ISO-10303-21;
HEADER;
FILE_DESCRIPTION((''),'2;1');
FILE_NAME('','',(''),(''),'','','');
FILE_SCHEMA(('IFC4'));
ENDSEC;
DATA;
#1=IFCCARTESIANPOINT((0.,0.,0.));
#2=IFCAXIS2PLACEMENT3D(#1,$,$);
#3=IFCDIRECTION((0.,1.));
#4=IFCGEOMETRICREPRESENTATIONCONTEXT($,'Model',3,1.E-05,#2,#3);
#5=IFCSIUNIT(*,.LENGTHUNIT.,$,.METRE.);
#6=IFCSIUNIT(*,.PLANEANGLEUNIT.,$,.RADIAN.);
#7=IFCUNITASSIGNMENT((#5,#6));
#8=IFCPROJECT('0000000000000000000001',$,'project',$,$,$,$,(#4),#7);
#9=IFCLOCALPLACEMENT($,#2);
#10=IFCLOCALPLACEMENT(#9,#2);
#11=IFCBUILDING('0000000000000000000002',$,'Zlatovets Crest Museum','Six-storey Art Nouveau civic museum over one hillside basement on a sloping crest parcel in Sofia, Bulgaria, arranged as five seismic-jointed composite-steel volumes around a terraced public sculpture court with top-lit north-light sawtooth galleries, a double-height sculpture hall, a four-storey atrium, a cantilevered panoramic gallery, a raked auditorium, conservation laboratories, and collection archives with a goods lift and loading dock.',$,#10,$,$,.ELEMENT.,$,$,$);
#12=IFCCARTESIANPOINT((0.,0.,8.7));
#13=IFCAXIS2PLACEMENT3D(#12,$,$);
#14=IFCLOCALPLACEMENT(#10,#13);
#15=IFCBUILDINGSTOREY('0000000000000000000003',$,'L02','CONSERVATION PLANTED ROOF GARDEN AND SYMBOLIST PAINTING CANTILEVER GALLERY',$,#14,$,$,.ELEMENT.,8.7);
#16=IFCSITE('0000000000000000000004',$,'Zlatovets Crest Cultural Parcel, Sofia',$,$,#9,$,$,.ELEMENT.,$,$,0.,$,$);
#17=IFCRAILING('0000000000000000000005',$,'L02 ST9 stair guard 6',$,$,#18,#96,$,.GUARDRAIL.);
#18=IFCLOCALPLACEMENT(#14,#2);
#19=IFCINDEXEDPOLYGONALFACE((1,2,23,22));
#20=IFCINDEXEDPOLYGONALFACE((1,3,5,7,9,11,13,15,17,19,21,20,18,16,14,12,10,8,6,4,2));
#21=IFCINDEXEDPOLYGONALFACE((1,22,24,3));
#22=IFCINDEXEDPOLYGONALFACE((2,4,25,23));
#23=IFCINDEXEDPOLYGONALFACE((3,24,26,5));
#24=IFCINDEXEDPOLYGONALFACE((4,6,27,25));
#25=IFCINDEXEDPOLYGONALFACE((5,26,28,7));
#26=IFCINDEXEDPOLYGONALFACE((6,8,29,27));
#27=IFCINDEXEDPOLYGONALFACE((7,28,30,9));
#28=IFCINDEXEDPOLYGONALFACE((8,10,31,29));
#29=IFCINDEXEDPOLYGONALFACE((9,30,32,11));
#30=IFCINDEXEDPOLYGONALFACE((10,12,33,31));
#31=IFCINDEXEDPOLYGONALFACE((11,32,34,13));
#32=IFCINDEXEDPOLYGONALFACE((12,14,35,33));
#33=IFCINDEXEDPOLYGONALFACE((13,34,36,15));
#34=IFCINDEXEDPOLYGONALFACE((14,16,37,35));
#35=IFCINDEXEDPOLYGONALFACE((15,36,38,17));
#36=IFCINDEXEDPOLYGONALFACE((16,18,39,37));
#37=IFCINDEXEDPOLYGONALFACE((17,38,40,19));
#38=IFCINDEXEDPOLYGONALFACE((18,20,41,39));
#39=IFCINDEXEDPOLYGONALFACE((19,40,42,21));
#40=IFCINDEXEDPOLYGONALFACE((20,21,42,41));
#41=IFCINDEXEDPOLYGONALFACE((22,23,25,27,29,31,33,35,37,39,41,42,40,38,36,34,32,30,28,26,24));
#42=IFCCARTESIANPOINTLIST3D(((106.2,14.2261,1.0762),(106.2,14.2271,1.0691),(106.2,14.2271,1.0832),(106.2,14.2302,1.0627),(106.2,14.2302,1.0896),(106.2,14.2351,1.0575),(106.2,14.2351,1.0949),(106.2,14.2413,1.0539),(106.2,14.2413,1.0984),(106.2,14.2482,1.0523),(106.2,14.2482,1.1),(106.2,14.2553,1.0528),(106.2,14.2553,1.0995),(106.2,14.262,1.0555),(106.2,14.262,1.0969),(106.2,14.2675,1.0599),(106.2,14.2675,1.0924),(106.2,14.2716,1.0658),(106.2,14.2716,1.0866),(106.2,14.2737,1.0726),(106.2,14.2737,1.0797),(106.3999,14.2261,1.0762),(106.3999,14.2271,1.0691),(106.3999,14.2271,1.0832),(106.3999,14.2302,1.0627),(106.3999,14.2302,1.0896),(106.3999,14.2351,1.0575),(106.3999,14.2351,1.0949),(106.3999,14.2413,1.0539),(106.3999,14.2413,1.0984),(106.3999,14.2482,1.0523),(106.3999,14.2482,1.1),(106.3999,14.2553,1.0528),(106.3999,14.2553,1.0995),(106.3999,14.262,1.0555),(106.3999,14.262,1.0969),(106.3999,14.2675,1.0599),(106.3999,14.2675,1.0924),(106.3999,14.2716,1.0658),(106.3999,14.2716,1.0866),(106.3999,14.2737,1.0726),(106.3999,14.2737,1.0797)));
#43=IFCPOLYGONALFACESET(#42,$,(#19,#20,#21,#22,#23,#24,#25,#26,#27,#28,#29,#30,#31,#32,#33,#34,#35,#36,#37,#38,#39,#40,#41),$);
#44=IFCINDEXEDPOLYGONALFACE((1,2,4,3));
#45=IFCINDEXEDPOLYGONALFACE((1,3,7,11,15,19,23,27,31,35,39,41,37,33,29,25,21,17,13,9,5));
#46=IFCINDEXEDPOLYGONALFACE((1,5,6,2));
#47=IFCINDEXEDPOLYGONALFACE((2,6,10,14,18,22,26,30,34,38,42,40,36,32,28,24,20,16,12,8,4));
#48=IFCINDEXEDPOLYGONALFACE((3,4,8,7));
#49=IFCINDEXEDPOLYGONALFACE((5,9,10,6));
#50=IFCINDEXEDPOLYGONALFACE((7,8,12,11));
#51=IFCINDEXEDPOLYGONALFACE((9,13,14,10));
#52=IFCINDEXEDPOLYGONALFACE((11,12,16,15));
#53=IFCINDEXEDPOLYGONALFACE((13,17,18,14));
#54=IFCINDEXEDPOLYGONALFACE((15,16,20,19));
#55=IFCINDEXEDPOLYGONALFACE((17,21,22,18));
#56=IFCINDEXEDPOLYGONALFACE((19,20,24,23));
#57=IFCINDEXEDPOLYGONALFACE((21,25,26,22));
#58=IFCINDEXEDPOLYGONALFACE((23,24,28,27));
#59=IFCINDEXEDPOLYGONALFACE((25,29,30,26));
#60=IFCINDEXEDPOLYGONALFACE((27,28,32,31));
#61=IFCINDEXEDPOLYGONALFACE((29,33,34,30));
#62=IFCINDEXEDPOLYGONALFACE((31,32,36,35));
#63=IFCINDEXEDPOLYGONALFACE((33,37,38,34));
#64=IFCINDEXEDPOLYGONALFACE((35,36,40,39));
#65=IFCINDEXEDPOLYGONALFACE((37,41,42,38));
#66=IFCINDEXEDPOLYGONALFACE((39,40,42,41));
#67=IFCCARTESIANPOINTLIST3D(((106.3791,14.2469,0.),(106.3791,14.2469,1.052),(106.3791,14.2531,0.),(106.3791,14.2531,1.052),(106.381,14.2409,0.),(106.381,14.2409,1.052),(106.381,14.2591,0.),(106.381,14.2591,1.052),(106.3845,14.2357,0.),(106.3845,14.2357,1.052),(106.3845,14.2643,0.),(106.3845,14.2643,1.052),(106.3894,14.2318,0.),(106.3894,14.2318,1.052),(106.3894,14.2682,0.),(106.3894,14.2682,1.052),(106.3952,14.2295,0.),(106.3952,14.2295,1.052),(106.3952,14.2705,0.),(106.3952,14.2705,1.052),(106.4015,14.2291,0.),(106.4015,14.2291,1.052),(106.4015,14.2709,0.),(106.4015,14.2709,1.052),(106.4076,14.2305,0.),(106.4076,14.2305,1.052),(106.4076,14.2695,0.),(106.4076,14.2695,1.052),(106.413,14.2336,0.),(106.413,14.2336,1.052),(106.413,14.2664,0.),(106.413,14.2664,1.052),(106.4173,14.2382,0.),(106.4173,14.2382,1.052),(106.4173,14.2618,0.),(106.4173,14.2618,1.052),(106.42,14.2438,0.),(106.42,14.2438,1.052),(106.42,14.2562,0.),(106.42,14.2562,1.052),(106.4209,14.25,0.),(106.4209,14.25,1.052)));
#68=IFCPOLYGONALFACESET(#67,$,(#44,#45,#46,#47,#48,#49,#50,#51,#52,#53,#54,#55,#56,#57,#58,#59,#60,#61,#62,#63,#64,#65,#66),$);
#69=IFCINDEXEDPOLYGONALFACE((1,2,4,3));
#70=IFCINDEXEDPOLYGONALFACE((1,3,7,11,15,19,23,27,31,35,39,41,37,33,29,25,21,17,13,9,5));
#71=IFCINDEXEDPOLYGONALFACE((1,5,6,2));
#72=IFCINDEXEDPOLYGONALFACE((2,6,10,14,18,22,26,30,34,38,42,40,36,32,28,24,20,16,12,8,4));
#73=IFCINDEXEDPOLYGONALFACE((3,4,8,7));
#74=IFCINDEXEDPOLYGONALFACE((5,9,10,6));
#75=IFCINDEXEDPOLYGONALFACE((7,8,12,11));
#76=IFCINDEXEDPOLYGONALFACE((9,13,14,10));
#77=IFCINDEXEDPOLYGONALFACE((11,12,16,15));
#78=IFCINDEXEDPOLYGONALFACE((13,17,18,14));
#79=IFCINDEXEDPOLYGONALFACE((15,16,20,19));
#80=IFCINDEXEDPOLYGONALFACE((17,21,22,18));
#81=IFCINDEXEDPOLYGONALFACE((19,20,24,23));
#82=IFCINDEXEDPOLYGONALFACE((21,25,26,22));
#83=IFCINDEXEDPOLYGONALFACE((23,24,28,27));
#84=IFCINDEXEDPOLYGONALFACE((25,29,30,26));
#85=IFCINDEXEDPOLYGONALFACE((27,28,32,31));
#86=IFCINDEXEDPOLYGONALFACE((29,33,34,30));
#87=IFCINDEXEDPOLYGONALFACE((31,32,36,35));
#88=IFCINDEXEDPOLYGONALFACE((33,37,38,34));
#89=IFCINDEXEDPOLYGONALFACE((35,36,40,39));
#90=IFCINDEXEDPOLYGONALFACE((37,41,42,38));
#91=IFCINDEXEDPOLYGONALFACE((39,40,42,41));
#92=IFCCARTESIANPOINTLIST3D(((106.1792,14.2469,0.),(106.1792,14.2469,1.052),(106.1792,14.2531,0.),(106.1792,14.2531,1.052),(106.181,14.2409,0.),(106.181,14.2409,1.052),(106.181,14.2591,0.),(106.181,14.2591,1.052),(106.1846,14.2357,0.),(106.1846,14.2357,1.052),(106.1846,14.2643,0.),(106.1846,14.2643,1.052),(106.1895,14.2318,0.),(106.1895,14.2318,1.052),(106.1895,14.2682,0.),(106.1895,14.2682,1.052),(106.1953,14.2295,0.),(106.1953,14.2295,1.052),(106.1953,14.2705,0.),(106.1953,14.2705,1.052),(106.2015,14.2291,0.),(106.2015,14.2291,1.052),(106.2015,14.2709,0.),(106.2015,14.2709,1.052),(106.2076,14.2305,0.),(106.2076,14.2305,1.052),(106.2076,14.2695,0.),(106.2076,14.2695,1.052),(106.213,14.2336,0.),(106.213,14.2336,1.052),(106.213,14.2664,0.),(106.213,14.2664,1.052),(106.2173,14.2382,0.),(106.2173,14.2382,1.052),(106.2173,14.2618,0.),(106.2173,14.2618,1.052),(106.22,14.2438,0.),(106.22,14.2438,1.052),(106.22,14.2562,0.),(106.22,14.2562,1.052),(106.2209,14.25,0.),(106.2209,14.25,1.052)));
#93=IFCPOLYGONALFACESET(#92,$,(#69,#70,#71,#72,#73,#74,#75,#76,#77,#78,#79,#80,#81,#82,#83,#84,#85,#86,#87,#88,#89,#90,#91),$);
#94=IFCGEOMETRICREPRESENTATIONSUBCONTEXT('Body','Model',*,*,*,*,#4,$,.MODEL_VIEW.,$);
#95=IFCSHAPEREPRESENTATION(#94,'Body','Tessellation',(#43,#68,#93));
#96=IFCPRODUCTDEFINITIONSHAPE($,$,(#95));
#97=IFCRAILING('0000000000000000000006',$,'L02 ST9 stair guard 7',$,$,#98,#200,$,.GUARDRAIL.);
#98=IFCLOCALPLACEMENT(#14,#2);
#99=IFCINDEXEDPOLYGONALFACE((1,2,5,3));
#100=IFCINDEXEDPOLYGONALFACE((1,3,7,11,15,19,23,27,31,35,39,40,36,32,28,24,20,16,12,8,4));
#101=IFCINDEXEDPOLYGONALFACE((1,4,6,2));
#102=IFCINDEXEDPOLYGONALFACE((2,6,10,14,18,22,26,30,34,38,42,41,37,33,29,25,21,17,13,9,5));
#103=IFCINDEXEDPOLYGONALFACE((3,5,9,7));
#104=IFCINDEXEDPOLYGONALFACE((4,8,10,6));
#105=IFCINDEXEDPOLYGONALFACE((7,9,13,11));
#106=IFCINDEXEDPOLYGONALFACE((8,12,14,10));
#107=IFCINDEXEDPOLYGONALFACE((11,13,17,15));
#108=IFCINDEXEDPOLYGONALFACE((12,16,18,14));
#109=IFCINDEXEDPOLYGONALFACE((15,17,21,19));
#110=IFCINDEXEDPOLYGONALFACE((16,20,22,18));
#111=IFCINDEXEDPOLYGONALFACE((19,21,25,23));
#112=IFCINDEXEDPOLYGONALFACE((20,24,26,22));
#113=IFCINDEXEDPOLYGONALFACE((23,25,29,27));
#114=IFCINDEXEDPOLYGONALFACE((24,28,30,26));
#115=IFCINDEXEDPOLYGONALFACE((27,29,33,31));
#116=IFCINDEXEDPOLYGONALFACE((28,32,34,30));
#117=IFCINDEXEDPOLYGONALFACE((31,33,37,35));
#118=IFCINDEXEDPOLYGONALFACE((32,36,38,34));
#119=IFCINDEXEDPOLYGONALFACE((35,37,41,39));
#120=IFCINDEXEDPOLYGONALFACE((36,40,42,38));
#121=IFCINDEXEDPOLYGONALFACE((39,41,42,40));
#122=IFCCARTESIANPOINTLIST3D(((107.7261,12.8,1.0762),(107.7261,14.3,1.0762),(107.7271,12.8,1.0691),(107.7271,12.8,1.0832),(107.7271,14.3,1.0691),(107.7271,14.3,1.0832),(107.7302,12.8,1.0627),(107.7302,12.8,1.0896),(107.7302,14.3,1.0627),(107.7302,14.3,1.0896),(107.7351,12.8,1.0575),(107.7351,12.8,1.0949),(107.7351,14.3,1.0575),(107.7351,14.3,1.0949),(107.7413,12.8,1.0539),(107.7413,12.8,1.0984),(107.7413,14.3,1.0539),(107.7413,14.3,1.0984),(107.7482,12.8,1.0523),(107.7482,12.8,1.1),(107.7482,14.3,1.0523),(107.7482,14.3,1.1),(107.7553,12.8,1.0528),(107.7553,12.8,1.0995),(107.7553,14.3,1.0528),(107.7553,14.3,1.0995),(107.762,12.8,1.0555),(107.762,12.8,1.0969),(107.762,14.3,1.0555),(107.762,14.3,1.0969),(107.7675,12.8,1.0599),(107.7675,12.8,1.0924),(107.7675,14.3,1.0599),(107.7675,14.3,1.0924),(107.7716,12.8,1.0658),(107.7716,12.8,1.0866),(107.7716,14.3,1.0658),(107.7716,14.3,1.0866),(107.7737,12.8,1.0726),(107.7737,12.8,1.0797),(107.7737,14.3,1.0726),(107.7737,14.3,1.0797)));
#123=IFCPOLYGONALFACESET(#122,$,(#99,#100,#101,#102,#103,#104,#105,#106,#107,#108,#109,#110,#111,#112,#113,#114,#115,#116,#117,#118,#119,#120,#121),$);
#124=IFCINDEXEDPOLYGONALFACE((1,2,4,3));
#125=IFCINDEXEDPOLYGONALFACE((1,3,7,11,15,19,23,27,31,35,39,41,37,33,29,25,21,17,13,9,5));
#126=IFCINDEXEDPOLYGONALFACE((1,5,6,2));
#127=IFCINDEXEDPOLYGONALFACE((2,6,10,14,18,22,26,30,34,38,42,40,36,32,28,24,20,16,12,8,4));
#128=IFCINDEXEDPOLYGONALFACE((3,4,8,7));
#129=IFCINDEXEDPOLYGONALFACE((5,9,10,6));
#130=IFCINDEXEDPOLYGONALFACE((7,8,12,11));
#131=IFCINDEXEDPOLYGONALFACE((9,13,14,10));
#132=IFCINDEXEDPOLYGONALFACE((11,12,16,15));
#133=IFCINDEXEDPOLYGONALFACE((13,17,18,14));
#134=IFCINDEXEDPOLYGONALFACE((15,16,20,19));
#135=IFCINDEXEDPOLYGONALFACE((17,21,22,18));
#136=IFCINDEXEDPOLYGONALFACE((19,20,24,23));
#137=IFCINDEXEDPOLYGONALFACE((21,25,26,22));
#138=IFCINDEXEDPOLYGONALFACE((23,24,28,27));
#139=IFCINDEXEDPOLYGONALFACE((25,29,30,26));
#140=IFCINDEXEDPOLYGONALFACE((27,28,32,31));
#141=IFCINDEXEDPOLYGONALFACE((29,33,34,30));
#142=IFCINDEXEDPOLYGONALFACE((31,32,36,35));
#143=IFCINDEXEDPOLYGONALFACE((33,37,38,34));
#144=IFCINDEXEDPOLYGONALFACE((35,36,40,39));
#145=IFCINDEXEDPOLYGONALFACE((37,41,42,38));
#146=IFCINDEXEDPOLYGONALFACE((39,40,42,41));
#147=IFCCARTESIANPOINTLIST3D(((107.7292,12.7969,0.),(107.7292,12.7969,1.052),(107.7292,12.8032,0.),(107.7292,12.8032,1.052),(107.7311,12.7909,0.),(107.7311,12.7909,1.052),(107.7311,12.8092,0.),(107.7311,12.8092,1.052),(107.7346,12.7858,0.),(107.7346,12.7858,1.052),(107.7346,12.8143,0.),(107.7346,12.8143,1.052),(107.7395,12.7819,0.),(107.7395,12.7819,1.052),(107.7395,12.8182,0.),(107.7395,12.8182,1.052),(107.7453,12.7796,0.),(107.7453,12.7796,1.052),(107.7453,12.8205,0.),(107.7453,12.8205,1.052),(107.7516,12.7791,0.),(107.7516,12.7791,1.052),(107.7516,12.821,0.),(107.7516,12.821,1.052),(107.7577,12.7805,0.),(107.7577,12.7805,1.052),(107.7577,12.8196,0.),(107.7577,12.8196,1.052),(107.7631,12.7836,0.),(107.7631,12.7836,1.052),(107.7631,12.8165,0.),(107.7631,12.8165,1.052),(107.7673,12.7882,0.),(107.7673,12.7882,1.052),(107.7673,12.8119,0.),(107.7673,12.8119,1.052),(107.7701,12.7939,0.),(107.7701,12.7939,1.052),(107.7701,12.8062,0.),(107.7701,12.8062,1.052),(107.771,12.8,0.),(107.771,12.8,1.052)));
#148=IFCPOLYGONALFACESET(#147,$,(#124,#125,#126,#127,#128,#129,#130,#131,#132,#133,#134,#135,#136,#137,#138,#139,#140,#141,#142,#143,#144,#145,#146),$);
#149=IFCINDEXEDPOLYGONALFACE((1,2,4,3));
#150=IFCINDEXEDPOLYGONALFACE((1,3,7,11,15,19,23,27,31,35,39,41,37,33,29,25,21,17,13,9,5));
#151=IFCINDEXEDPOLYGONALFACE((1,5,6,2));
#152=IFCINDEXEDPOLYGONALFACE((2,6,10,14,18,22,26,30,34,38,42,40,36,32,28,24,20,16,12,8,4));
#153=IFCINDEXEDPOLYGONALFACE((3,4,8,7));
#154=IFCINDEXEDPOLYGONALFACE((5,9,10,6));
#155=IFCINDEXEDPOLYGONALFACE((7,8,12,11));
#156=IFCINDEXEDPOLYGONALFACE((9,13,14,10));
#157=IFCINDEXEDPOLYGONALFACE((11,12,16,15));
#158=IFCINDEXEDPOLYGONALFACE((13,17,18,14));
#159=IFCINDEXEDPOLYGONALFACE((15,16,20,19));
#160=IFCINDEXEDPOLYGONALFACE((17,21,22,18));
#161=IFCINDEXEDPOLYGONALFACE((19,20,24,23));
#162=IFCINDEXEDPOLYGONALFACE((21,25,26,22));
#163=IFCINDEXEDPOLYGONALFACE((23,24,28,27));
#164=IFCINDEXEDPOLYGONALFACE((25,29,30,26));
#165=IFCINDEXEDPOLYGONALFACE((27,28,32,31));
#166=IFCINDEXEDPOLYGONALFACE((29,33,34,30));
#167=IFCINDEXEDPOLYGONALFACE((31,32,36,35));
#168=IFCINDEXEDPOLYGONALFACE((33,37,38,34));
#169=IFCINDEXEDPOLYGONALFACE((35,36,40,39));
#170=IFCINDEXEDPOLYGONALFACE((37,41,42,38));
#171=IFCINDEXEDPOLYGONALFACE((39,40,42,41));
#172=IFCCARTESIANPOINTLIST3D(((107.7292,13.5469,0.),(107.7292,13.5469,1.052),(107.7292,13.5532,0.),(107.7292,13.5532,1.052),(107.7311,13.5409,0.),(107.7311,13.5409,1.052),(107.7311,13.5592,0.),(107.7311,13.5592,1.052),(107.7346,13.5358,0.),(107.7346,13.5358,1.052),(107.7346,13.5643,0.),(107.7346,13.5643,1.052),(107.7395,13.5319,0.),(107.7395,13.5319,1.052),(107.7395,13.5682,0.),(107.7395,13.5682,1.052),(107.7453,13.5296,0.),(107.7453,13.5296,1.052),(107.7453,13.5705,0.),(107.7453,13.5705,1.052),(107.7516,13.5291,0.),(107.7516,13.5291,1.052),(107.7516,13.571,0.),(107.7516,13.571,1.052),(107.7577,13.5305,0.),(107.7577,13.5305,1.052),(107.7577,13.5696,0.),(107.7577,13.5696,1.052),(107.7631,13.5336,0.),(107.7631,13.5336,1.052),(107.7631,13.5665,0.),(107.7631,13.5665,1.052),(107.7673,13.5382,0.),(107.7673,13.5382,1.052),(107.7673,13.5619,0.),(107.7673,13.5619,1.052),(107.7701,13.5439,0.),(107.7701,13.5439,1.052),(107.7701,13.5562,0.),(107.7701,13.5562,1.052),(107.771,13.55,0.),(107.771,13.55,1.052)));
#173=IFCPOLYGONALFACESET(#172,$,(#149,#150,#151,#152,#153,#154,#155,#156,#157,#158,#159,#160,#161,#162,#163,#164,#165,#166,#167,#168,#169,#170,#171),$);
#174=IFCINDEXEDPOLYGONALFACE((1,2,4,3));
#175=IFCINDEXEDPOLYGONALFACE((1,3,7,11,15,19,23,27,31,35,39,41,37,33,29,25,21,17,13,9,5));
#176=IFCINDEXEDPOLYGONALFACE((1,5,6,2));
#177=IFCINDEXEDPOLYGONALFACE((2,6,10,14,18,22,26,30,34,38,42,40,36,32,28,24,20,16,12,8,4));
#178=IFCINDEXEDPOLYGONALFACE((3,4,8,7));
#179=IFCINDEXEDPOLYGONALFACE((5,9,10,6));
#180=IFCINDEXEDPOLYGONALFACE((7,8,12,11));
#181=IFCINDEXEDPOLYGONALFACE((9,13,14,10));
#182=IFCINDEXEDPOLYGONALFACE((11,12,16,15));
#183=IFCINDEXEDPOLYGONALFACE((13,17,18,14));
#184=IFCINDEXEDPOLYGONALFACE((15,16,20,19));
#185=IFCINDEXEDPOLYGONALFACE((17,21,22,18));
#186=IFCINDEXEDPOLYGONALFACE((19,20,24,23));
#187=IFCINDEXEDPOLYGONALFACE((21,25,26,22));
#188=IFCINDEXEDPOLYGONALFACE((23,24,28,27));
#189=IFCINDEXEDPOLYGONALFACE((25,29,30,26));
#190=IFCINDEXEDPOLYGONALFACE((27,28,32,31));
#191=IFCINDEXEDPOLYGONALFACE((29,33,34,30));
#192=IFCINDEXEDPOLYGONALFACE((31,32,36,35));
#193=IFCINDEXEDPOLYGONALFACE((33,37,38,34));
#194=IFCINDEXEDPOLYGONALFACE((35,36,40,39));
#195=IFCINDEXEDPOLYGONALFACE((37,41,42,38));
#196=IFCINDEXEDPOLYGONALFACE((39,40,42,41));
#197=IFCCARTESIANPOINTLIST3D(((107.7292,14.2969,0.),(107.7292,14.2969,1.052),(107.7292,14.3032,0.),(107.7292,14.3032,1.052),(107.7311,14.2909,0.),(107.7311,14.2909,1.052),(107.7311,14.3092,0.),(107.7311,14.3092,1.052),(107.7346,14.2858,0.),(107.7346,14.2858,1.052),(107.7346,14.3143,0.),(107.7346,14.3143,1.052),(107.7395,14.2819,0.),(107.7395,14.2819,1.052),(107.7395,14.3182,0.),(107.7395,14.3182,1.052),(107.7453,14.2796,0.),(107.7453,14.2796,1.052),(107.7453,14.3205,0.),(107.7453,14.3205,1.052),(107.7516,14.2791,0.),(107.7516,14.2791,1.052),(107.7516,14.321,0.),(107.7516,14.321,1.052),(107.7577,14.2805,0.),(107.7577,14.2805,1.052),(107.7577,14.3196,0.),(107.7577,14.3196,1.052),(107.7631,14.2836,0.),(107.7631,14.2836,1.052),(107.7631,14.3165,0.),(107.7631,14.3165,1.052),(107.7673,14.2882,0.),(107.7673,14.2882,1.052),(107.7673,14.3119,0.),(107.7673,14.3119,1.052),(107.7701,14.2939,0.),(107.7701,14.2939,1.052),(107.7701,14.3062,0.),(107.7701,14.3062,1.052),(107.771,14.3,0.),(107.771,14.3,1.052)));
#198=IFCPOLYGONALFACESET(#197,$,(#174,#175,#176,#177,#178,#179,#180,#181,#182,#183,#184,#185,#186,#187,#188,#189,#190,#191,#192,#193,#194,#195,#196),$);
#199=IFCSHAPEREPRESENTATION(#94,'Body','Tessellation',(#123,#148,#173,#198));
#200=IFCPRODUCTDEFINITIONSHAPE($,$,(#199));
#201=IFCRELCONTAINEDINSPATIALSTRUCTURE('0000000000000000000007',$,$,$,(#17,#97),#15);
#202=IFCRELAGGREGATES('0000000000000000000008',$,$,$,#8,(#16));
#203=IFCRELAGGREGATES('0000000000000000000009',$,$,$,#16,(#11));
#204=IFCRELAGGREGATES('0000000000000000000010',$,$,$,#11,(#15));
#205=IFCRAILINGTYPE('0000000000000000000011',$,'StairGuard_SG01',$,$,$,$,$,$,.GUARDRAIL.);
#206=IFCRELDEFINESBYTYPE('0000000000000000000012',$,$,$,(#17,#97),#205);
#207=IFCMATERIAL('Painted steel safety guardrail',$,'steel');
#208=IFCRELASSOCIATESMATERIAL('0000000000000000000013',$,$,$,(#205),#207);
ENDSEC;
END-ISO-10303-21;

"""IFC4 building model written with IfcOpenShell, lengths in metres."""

from ifc_helpers import new_model, si_unit, direction, frame, origin, origin_2d, place, context, subcontext, project, spatial, circle, extrude, material, type_object, element, save


model = new_model("IFC4")

# Units and contexts
model_context = context("Model", 3, precision=1e-05, world=origin(), true_north=direction((0.0, 1.0)))
body_context = subcontext(model_context, "Body", "Model", "MODEL_VIEW")
ifc_project = project(units=[si_unit("LENGTHUNIT", "METRE"), si_unit("PLANEANGLEUNIT", "RADIAN")], contexts=[model_context])

# Site, building, storey
site_placement = place(None, origin())
site = spatial("IfcSite", under=ifc_project, at=site_placement, Name="Zlatovets Crest Cultural Parcel, Sofia", CompositionType="ELEMENT", RefElevation=0.0)
building_placement = place(site_placement, origin())
building = spatial("IfcBuilding", under=site, at=building_placement, Name="Zlatovets Crest Museum", Description="Six-storey Art Nouveau civic museum over one hillside basement on a sloping crest parcel in Sofia, Bulgaria, arranged as five seismic-jointed composite-steel volumes around a terraced public sculpture court with top-lit north-light sawtooth galleries, a double-height sculpture hall, a four-storey atrium, a cantilevered panoramic gallery, a raked auditorium, conservation laboratories, and collection archives with a goods lift and loading dock.", CompositionType="ELEMENT")
storey_placement = place(building_placement, frame((0.0, 0.0, 8.7)))
storey = spatial("IfcBuildingStorey", under=building, at=storey_placement, Name="L02", Description="CONSERVATION PLANTED ROOF GARDEN AND SYMBOLIST PAINTING CANTILEVER GALLERY", CompositionType="ELEMENT", Elevation=8.7)

# Railings
ifc_material_1 = material(Name="Painted steel safety guardrail", Category="steel")
railing_type_1 = type_object("IfcRailingType", Name="StairGuard_SG01", PredefinedType="GUARDRAIL", material=ifc_material_1)
railing_1_placement = place(storey_placement, frame((106.3999, 14.25, 0.0)))
element("IfcRailing", 1, at=railing_1_placement, inside=storey, type_object=railing_type_1, Name="L02 ST9 stair guard 6", PredefinedType="GUARDRAIL", context=body_context, shape_type="SweptSolid", body=[
    extrude(circle(Radius=0.0239, at=origin_2d()), frame((0.0, 0.0, 1.0762), z_axis=(-1.0, 0.0, 0.0), x_axis=(0.0, -1.0, 0.0)), (0.0, 0.0, 1.0), 0.2),
    extrude(circle(Radius=0.021, at=origin_2d()), origin(), (0.0, 0.0, 1.0), 1.052),
    extrude(circle(Radius=0.021, at=origin_2d()), frame((-0.2, 0.0, 0.0)), (0.0, 0.0, 1.0), 1.052),
])
for number, where, name in (
    (2, (107.75, 12.8, 0.0), "L02 ST9 stair guard 7"),
):
    element("IfcRailing", number, at=place(storey_placement, frame(where)), inside=storey, type_object=railing_type_1, Name=name, PredefinedType="GUARDRAIL", context=body_context, shape_type="SweptSolid", body=[
        extrude(circle(Radius=0.0239, at=origin_2d()), frame((0.0, 0.0, 1.0762), z_axis=(0.0, 1.0, 0.0), x_axis=(-1.0, 0.0, 0.0)), (0.0, 0.0, 1.0), 1.5),
        extrude(circle(Radius=0.021, at=origin_2d()), origin(), (0.0, 0.0, 1.0), 1.052),
        extrude(circle(Radius=0.021, at=origin_2d()), frame((0.0, 0.75, 0.0)), (0.0, 0.0, 1.0), 1.052),
        extrude(circle(Radius=0.021, at=origin_2d()), frame((0.0, 1.5, 0.0)), (0.0, 0.0, 1.0), 1.052),
    ])

save(model, "model.ifc")
